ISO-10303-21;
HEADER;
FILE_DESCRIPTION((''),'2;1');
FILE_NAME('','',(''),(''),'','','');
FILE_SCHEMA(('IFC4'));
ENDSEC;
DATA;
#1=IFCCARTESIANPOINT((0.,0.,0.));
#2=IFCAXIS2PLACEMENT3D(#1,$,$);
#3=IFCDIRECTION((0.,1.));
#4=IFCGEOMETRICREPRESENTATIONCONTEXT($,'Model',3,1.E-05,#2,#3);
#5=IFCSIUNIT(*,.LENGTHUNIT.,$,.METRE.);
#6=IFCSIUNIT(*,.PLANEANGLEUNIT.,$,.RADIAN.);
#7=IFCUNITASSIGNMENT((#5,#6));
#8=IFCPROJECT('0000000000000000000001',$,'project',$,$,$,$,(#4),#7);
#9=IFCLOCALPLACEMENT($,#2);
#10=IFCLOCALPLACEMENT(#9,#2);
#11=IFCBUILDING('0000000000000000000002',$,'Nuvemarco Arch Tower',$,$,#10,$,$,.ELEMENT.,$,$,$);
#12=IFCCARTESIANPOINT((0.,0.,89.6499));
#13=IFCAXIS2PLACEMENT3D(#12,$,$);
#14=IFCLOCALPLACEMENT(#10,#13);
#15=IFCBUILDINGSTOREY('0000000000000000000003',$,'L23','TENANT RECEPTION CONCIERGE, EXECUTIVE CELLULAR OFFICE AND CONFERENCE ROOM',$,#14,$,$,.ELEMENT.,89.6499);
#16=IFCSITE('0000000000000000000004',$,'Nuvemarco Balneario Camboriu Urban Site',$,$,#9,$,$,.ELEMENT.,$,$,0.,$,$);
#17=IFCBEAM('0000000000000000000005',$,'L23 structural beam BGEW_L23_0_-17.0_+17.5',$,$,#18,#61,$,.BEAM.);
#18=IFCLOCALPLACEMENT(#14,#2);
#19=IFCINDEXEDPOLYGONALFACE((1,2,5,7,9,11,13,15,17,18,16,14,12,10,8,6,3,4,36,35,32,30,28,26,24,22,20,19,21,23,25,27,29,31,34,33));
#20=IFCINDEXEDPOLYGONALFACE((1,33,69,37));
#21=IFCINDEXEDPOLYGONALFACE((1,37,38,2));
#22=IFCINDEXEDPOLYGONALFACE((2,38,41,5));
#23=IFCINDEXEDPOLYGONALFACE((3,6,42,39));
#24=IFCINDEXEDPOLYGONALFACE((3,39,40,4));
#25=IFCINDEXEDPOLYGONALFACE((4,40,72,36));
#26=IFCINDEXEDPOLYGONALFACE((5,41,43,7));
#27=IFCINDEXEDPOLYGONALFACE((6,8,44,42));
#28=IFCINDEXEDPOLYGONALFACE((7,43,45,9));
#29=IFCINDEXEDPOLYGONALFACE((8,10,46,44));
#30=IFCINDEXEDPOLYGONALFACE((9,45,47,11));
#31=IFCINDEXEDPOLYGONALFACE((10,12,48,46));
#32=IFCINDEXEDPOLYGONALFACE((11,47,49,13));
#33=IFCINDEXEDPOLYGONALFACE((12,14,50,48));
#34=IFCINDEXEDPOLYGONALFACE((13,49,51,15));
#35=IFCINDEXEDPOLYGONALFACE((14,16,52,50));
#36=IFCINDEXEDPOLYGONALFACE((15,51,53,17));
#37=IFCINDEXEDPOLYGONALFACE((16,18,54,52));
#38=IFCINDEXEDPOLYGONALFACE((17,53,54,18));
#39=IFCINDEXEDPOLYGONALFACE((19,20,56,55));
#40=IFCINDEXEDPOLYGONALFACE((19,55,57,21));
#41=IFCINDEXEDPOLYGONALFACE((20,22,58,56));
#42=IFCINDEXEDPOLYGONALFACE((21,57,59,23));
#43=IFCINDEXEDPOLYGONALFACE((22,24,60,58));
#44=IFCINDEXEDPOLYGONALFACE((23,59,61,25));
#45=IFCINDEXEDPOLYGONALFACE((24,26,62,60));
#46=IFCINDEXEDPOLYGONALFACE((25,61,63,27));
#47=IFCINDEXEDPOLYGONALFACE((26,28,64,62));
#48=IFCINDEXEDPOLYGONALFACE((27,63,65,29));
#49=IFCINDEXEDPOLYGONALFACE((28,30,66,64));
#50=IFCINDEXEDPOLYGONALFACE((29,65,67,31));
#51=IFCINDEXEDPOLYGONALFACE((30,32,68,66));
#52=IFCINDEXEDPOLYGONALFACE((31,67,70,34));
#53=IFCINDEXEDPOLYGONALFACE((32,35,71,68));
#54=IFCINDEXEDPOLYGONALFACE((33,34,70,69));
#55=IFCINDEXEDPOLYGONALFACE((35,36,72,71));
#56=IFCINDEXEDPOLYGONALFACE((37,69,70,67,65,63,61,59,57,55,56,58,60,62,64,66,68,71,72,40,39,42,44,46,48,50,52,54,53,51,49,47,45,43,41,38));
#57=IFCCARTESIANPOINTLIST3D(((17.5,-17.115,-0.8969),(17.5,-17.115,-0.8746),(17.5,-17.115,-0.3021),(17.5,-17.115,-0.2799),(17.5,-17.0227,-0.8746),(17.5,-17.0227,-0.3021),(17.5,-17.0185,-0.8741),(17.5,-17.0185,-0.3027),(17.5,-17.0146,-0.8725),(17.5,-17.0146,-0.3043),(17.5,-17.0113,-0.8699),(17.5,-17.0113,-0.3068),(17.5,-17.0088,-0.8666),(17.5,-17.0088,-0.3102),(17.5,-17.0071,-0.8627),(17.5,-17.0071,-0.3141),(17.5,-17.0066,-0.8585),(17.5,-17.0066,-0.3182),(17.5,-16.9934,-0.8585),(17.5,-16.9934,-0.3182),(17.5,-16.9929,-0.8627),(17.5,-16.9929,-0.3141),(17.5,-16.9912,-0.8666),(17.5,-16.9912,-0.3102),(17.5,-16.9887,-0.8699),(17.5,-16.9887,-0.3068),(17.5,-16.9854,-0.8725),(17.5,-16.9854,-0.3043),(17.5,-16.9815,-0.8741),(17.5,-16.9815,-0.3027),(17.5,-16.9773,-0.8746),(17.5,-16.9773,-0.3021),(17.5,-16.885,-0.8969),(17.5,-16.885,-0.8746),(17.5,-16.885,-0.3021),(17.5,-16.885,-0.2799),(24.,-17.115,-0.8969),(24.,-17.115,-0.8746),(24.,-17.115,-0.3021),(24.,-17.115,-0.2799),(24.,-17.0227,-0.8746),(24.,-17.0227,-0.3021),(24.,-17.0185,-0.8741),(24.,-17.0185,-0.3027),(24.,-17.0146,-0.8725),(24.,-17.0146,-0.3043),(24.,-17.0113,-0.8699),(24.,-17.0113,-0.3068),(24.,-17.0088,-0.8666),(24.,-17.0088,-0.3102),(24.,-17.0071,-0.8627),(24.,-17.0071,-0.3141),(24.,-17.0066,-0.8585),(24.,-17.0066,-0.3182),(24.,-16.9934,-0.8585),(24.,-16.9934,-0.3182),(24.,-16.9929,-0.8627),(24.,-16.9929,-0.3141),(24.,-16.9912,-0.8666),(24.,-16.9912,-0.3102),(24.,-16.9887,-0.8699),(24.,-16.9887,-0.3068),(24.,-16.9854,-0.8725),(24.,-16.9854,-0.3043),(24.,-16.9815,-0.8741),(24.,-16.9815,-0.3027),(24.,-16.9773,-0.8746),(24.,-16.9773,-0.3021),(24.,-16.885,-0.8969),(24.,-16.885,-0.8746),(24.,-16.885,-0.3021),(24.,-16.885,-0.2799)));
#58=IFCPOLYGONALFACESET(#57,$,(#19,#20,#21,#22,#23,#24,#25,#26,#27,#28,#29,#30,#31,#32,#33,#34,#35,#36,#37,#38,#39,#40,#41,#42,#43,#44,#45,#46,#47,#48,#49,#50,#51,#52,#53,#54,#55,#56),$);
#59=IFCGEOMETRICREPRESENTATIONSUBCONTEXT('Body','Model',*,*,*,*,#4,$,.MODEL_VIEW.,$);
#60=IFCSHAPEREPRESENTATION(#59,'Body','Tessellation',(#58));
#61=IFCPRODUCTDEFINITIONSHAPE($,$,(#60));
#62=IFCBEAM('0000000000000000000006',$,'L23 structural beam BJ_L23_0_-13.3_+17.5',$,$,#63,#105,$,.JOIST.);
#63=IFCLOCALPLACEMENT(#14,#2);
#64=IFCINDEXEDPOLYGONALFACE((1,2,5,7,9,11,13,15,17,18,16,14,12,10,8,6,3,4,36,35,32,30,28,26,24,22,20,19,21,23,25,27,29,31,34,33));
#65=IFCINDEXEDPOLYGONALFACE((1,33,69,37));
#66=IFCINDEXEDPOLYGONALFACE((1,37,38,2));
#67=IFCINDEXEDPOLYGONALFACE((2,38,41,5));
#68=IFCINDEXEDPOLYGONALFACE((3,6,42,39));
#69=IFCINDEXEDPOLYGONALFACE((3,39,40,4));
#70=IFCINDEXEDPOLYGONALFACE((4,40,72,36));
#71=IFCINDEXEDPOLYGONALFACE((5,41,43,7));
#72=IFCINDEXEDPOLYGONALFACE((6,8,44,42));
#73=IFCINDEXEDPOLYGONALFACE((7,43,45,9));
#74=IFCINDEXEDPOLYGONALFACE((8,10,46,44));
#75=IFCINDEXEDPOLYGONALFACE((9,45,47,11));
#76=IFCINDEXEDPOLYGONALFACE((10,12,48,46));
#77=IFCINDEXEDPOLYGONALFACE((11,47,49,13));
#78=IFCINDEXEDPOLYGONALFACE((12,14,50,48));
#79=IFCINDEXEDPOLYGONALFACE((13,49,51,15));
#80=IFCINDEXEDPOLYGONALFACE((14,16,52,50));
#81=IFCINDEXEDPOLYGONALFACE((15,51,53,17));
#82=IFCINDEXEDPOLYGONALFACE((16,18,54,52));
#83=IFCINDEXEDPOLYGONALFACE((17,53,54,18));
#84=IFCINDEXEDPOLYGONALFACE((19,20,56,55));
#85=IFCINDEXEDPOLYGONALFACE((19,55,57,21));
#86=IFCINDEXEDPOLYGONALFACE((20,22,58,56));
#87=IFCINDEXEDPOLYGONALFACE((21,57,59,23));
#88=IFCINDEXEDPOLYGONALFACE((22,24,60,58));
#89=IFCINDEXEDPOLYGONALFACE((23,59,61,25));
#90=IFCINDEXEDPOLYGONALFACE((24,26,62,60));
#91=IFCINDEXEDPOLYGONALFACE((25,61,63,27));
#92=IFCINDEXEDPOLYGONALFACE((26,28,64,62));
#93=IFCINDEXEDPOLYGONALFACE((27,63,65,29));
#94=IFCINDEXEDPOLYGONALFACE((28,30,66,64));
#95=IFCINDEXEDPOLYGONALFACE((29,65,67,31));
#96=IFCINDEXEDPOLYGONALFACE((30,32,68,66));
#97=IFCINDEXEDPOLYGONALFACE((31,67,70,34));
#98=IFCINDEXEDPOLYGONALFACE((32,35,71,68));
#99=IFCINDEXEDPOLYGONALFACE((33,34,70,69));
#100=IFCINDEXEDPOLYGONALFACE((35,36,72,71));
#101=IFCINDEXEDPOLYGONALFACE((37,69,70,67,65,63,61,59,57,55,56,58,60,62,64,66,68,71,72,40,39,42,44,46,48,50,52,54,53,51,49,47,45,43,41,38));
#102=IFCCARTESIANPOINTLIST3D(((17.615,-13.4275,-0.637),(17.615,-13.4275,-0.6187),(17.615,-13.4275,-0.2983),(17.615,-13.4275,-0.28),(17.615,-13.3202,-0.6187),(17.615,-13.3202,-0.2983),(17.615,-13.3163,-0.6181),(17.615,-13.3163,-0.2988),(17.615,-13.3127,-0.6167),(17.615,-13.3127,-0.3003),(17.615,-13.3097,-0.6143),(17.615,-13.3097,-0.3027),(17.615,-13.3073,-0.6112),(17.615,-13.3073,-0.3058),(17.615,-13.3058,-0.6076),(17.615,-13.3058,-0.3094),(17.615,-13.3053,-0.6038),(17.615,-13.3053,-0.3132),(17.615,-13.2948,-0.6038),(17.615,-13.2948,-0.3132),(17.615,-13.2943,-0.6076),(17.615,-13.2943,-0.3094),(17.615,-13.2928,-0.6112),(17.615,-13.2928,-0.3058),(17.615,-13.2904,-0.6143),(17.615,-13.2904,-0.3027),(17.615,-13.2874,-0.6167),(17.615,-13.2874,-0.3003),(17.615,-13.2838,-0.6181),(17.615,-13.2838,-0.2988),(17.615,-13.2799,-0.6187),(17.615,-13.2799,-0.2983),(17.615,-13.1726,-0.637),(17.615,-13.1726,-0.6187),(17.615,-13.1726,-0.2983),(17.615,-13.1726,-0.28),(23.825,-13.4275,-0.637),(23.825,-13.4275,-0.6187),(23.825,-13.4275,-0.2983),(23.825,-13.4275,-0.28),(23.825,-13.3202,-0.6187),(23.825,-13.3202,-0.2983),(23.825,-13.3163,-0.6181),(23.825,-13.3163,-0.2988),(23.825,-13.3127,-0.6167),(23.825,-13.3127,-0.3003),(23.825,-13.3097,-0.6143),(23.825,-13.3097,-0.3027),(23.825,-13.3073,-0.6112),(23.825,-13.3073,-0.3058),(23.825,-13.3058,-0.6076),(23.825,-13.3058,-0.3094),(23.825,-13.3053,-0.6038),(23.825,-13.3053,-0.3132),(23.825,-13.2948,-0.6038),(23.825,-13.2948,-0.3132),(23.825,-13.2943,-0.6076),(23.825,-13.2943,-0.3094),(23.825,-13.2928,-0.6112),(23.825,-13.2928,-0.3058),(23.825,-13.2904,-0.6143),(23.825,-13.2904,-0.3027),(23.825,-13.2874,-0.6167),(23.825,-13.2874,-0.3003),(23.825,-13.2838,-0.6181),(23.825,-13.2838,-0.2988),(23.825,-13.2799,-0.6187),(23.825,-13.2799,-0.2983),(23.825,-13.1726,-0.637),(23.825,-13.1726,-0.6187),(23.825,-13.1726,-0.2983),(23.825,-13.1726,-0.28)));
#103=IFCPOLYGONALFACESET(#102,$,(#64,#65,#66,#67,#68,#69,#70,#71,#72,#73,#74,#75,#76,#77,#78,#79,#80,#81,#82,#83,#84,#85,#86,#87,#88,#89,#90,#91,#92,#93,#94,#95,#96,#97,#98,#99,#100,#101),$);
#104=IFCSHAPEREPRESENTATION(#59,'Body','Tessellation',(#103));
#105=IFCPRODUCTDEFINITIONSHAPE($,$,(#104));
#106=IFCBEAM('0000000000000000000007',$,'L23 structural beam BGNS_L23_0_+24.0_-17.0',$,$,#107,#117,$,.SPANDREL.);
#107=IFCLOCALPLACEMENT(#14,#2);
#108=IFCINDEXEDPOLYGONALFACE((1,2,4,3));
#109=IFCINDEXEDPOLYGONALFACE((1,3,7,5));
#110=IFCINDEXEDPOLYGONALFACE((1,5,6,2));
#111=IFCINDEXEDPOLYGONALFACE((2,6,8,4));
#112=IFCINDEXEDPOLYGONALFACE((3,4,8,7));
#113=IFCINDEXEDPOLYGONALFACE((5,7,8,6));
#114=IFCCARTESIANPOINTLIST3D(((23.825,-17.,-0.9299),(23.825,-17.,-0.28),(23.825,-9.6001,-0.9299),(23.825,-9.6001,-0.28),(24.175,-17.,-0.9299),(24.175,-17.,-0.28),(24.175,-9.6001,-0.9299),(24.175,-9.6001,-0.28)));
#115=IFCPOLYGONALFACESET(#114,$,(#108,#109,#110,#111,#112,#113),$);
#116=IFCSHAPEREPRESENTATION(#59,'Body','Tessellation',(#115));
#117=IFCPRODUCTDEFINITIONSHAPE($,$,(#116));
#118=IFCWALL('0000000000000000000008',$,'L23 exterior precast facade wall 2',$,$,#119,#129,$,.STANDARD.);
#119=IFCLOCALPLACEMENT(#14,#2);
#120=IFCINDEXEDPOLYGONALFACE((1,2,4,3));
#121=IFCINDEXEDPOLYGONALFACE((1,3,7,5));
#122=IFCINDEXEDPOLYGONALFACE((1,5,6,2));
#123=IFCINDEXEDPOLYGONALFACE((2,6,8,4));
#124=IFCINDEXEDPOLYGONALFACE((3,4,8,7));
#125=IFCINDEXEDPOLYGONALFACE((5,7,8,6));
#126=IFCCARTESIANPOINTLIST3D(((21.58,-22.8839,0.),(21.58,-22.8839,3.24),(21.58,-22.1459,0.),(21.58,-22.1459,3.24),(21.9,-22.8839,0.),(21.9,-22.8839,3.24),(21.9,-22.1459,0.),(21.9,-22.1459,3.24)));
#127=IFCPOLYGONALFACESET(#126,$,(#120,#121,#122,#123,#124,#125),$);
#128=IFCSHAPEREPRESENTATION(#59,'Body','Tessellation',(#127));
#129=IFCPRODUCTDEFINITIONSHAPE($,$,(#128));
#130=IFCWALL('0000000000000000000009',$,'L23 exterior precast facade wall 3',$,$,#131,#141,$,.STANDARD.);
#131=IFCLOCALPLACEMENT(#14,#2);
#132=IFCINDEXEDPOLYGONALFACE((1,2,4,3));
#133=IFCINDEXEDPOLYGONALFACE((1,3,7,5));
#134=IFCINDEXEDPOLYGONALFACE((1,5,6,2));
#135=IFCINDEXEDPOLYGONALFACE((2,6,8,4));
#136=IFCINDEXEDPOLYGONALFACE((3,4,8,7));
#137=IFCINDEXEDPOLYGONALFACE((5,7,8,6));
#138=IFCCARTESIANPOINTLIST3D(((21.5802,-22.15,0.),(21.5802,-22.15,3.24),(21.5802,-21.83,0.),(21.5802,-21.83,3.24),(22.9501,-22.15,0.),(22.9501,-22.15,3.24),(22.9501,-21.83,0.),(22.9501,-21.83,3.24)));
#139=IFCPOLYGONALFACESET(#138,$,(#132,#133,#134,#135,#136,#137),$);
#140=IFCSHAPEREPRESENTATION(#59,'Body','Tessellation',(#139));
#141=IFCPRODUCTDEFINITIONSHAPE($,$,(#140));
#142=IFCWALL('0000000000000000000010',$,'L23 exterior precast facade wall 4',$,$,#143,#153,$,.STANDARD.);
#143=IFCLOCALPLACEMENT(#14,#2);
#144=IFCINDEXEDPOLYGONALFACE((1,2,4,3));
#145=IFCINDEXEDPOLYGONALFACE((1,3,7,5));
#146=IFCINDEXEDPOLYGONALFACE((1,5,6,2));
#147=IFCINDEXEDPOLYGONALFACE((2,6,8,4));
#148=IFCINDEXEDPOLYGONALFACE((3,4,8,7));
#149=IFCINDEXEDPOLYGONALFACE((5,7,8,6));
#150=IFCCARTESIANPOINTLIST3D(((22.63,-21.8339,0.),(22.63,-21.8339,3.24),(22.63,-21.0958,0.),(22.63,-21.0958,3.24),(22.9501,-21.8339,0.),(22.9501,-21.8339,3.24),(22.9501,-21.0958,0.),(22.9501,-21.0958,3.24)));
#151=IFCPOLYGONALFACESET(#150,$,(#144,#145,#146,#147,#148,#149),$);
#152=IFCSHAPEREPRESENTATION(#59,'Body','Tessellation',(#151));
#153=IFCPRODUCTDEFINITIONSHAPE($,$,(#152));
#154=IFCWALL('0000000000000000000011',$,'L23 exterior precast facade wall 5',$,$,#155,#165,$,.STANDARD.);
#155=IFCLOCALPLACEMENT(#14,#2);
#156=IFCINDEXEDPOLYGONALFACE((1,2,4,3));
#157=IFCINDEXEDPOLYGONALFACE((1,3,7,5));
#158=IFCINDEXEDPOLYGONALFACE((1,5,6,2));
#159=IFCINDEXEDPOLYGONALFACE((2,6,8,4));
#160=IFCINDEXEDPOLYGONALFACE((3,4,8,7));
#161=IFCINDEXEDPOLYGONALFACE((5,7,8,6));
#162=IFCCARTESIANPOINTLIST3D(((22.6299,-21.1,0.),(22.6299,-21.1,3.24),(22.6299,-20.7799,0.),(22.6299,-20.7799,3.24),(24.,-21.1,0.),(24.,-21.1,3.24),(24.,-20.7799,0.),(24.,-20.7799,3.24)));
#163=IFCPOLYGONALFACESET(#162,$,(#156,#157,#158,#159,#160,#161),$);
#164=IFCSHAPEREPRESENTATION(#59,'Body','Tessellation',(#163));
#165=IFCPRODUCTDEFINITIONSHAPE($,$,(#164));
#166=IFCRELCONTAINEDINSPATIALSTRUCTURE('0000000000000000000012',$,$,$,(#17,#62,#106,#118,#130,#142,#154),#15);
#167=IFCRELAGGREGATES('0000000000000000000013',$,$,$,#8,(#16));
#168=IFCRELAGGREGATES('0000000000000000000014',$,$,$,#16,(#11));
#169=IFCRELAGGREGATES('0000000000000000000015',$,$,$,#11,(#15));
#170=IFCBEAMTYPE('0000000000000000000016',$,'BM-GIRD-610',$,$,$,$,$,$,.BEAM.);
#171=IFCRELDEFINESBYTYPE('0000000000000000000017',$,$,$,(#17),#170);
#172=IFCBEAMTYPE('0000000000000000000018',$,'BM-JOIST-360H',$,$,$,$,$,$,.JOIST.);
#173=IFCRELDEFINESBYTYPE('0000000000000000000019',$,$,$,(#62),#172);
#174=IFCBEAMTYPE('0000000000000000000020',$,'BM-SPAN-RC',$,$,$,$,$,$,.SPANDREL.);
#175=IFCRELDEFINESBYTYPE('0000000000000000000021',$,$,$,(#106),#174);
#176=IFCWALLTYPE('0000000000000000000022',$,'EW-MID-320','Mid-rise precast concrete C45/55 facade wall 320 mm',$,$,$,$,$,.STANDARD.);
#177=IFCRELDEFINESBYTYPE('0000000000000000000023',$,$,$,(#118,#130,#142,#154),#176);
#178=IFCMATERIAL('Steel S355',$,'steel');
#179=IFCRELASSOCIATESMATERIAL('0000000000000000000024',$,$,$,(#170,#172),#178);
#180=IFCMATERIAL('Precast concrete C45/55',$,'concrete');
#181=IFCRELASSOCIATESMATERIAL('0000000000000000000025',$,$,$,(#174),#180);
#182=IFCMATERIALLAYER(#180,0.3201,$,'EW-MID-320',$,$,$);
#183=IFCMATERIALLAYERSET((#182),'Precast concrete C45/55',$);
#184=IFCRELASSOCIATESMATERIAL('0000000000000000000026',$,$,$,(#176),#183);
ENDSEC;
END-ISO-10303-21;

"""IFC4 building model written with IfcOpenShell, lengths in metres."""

from ifc_helpers import new_model, si_unit, direction, frame, frame_2d, origin, origin_2d, place, context, subcontext, project, spatial, rectangle, i_section, extrude, material, layer, layer_set, material_profile, profile_set, type_object, element, save


model = new_model("IFC4")

# Units and contexts
model_context = context("Model", 3, precision=1e-05, world=origin(), true_north=direction((0.0, 1.0)))
body_context = subcontext(model_context, "Body", "Model", "MODEL_VIEW")
ifc_project = project(units=[si_unit("LENGTHUNIT", "METRE"), si_unit("PLANEANGLEUNIT", "RADIAN")], contexts=[model_context])

# Site, building, storey
site_placement = place(None, origin())
site = spatial("IfcSite", under=ifc_project, at=site_placement, Name="Nuvemarco Balneario Camboriu Urban Site", CompositionType="ELEMENT", RefElevation=0.0)
building_placement = place(site_placement, origin())
building = spatial("IfcBuilding", under=site, at=building_placement, Name="Nuvemarco Arch Tower", CompositionType="ELEMENT")
storey_placement = place(building_placement, frame((0.0, 0.0, 89.6499)))
storey = spatial("IfcBuildingStorey", under=building, at=storey_placement, Name="L23", Description="TENANT RECEPTION CONCIERGE, EXECUTIVE CELLULAR OFFICE AND CONFERENCE ROOM", CompositionType="ELEMENT", Elevation=89.6499)

# Shared definitions
ifc_material_1 = material(Name="Steel S355", Category="steel")

# Beams
ifc_material_profile_1 = material_profile(ifc_material_1, i_section(OverallWidth=0.23, OverallDepth=0.6169, WebThickness=0.0132, FlangeThickness=0.0222, FilletRadius=0.0161, at=origin_2d()), Name="W610x140")
ifc_profile_set_1 = profile_set([ifc_material_profile_1], Name="Steel S355")
beam_type_1 = type_object("IfcBeamType", Name="BM-GIRD-610", PredefinedType="BEAM", material=ifc_profile_set_1)
beam_1_placement = place(storey_placement, frame((17.5, -17.0, -0.5884), z_axis=(1.0, 0.0, 0.0), x_axis=(0.0, 1.0, 0.0)))
element("IfcBeam", 1, at=beam_1_placement, inside=storey, type_object=beam_type_1, Name="L23 structural beam BGEW_L23_0_-17.0_+17.5", PredefinedType="BEAM", context=body_context, shape_type="SweptSolid", body=[
    extrude(i_section(OverallWidth=0.23, OverallDepth=0.6169, WebThickness=0.0132, FlangeThickness=0.0222, FilletRadius=0.0161, at=origin_2d()), origin(), (0.0, 0.0, 1.0), 6.5),
])
ifc_material_profile_2 = material_profile(ifc_material_1, i_section(OverallWidth=0.2549, OverallDepth=0.3569, WebThickness=0.0105, FlangeThickness=0.0183, FilletRadius=0.0149, at=origin_2d()), Name="W360x101")
ifc_profile_set_2 = profile_set([ifc_material_profile_2], Name="Steel S355")
beam_type_2 = type_object("IfcBeamType", Name="BM-JOIST-360H", PredefinedType="JOIST", material=ifc_profile_set_2)
beam_2_placement = place(storey_placement, frame((17.615, -13.3, -0.4585), z_axis=(1.0, 0.0, 0.0), x_axis=(0.0, 1.0, 0.0)))
element("IfcBeam", 2, at=beam_2_placement, inside=storey, type_object=beam_type_2, Name="L23 structural beam BJ_L23_0_-13.3_+17.5", PredefinedType="JOIST", context=body_context, shape_type="SweptSolid", body=[
    extrude(i_section(OverallWidth=0.2549, OverallDepth=0.3569, WebThickness=0.0105, FlangeThickness=0.0183, FilletRadius=0.0149, at=origin_2d()), origin(), (0.0, 0.0, 1.0), 6.21),
])
ifc_material_2 = material(Name="Precast concrete C45/55", Category="concrete")
ifc_material_profile_3 = material_profile(ifc_material_2, rectangle(XDim=0.3501, YDim=0.6499, at=origin_2d()), Name="PC-SP-350x650")
ifc_profile_set_3 = profile_set([ifc_material_profile_3], Name="Precast concrete C45/55")
beam_type_3 = type_object("IfcBeamType", Name="BM-SPAN-RC", PredefinedType="SPANDREL", material=ifc_profile_set_3)
beam_3_placement = place(storey_placement, frame((24.0, -17.0, -0.605), z_axis=(0.0, 1.0, 0.0), x_axis=(-1.0, 0.0, 0.0)))
element("IfcBeam", 3, at=beam_3_placement, inside=storey, type_object=beam_type_3, Name="L23 structural beam BGNS_L23_0_+24.0_-17.0", PredefinedType="SPANDREL", context=body_context, shape_type="SweptSolid", body=[
    extrude(rectangle(XDim=0.3501, YDim=0.6499, at=origin_2d()), origin(), (0.0, 0.0, 1.0), 7.3999),
])

# Walls
ifc_layer_1 = layer(ifc_material_2, 0.3201, Name="EW-MID-320")
ifc_layer_set_1 = layer_set([ifc_layer_1], Name="Precast concrete C45/55")
wall_type_1 = type_object("IfcWallType", Name="EW-MID-320", Description="Mid-rise precast concrete C45/55 facade wall 320 mm", PredefinedType="STANDARD", material=ifc_layer_set_1)
wall_1_placement = place(storey_placement, frame((21.74, -22.884, 0.0), z_axis=(0.0, 0.0, 1.0), x_axis=(0.0, 1.0, 0.0)))
element("IfcWall", 4, at=wall_1_placement, inside=storey, type_object=wall_type_1, Name="L23 exterior precast facade wall 2", PredefinedType="STANDARD", context=body_context, shape_type="SweptSolid", body=[
    extrude(rectangle(XDim=0.738, YDim=0.3201, at=frame_2d((0.3691, 0.0))), origin(), (0.0, 0.0, 1.0), 3.24),
])
wall_2_placement = place(storey_placement, frame((21.5801, -21.99, 0.0), z_axis=(0.0, 0.0, 1.0), x_axis=(1.0, 0.0, 0.0)))
element("IfcWall", 5, at=wall_2_placement, inside=storey, type_object=wall_type_1, Name="L23 exterior precast facade wall 3", PredefinedType="STANDARD", context=body_context, shape_type="SweptSolid", body=[
    extrude(rectangle(XDim=1.3699, YDim=0.3201, at=frame_2d((0.6851, 0.0))), origin(), (0.0, 0.0, 1.0), 3.24),
])
wall_3_placement = place(storey_placement, frame((22.79, -21.834, 0.0), z_axis=(0.0, 0.0, 1.0), x_axis=(0.0, 1.0, 0.0)))
element("IfcWall", 6, at=wall_3_placement, inside=storey, type_object=wall_type_1, Name="L23 exterior precast facade wall 4", PredefinedType="STANDARD", context=body_context, shape_type="SweptSolid", body=[
    extrude(rectangle(XDim=0.738, YDim=0.3201, at=frame_2d((0.3691, 0.0))), origin(), (0.0, 0.0, 1.0), 3.24),
])
wall_4_placement = place(storey_placement, frame((22.6299, -20.9399, 0.0), z_axis=(0.0, 0.0, 1.0), x_axis=(1.0, 0.0, 0.0)))
element("IfcWall", 7, at=wall_4_placement, inside=storey, type_object=wall_type_1, Name="L23 exterior precast facade wall 5", PredefinedType="STANDARD", context=body_context, shape_type="SweptSolid", body=[
    extrude(rectangle(XDim=1.3701, YDim=0.3201, at=frame_2d((0.6851, 0.0))), origin(), (0.0, 0.0, 1.0), 3.24),
])

save(model, "model.ifc")
